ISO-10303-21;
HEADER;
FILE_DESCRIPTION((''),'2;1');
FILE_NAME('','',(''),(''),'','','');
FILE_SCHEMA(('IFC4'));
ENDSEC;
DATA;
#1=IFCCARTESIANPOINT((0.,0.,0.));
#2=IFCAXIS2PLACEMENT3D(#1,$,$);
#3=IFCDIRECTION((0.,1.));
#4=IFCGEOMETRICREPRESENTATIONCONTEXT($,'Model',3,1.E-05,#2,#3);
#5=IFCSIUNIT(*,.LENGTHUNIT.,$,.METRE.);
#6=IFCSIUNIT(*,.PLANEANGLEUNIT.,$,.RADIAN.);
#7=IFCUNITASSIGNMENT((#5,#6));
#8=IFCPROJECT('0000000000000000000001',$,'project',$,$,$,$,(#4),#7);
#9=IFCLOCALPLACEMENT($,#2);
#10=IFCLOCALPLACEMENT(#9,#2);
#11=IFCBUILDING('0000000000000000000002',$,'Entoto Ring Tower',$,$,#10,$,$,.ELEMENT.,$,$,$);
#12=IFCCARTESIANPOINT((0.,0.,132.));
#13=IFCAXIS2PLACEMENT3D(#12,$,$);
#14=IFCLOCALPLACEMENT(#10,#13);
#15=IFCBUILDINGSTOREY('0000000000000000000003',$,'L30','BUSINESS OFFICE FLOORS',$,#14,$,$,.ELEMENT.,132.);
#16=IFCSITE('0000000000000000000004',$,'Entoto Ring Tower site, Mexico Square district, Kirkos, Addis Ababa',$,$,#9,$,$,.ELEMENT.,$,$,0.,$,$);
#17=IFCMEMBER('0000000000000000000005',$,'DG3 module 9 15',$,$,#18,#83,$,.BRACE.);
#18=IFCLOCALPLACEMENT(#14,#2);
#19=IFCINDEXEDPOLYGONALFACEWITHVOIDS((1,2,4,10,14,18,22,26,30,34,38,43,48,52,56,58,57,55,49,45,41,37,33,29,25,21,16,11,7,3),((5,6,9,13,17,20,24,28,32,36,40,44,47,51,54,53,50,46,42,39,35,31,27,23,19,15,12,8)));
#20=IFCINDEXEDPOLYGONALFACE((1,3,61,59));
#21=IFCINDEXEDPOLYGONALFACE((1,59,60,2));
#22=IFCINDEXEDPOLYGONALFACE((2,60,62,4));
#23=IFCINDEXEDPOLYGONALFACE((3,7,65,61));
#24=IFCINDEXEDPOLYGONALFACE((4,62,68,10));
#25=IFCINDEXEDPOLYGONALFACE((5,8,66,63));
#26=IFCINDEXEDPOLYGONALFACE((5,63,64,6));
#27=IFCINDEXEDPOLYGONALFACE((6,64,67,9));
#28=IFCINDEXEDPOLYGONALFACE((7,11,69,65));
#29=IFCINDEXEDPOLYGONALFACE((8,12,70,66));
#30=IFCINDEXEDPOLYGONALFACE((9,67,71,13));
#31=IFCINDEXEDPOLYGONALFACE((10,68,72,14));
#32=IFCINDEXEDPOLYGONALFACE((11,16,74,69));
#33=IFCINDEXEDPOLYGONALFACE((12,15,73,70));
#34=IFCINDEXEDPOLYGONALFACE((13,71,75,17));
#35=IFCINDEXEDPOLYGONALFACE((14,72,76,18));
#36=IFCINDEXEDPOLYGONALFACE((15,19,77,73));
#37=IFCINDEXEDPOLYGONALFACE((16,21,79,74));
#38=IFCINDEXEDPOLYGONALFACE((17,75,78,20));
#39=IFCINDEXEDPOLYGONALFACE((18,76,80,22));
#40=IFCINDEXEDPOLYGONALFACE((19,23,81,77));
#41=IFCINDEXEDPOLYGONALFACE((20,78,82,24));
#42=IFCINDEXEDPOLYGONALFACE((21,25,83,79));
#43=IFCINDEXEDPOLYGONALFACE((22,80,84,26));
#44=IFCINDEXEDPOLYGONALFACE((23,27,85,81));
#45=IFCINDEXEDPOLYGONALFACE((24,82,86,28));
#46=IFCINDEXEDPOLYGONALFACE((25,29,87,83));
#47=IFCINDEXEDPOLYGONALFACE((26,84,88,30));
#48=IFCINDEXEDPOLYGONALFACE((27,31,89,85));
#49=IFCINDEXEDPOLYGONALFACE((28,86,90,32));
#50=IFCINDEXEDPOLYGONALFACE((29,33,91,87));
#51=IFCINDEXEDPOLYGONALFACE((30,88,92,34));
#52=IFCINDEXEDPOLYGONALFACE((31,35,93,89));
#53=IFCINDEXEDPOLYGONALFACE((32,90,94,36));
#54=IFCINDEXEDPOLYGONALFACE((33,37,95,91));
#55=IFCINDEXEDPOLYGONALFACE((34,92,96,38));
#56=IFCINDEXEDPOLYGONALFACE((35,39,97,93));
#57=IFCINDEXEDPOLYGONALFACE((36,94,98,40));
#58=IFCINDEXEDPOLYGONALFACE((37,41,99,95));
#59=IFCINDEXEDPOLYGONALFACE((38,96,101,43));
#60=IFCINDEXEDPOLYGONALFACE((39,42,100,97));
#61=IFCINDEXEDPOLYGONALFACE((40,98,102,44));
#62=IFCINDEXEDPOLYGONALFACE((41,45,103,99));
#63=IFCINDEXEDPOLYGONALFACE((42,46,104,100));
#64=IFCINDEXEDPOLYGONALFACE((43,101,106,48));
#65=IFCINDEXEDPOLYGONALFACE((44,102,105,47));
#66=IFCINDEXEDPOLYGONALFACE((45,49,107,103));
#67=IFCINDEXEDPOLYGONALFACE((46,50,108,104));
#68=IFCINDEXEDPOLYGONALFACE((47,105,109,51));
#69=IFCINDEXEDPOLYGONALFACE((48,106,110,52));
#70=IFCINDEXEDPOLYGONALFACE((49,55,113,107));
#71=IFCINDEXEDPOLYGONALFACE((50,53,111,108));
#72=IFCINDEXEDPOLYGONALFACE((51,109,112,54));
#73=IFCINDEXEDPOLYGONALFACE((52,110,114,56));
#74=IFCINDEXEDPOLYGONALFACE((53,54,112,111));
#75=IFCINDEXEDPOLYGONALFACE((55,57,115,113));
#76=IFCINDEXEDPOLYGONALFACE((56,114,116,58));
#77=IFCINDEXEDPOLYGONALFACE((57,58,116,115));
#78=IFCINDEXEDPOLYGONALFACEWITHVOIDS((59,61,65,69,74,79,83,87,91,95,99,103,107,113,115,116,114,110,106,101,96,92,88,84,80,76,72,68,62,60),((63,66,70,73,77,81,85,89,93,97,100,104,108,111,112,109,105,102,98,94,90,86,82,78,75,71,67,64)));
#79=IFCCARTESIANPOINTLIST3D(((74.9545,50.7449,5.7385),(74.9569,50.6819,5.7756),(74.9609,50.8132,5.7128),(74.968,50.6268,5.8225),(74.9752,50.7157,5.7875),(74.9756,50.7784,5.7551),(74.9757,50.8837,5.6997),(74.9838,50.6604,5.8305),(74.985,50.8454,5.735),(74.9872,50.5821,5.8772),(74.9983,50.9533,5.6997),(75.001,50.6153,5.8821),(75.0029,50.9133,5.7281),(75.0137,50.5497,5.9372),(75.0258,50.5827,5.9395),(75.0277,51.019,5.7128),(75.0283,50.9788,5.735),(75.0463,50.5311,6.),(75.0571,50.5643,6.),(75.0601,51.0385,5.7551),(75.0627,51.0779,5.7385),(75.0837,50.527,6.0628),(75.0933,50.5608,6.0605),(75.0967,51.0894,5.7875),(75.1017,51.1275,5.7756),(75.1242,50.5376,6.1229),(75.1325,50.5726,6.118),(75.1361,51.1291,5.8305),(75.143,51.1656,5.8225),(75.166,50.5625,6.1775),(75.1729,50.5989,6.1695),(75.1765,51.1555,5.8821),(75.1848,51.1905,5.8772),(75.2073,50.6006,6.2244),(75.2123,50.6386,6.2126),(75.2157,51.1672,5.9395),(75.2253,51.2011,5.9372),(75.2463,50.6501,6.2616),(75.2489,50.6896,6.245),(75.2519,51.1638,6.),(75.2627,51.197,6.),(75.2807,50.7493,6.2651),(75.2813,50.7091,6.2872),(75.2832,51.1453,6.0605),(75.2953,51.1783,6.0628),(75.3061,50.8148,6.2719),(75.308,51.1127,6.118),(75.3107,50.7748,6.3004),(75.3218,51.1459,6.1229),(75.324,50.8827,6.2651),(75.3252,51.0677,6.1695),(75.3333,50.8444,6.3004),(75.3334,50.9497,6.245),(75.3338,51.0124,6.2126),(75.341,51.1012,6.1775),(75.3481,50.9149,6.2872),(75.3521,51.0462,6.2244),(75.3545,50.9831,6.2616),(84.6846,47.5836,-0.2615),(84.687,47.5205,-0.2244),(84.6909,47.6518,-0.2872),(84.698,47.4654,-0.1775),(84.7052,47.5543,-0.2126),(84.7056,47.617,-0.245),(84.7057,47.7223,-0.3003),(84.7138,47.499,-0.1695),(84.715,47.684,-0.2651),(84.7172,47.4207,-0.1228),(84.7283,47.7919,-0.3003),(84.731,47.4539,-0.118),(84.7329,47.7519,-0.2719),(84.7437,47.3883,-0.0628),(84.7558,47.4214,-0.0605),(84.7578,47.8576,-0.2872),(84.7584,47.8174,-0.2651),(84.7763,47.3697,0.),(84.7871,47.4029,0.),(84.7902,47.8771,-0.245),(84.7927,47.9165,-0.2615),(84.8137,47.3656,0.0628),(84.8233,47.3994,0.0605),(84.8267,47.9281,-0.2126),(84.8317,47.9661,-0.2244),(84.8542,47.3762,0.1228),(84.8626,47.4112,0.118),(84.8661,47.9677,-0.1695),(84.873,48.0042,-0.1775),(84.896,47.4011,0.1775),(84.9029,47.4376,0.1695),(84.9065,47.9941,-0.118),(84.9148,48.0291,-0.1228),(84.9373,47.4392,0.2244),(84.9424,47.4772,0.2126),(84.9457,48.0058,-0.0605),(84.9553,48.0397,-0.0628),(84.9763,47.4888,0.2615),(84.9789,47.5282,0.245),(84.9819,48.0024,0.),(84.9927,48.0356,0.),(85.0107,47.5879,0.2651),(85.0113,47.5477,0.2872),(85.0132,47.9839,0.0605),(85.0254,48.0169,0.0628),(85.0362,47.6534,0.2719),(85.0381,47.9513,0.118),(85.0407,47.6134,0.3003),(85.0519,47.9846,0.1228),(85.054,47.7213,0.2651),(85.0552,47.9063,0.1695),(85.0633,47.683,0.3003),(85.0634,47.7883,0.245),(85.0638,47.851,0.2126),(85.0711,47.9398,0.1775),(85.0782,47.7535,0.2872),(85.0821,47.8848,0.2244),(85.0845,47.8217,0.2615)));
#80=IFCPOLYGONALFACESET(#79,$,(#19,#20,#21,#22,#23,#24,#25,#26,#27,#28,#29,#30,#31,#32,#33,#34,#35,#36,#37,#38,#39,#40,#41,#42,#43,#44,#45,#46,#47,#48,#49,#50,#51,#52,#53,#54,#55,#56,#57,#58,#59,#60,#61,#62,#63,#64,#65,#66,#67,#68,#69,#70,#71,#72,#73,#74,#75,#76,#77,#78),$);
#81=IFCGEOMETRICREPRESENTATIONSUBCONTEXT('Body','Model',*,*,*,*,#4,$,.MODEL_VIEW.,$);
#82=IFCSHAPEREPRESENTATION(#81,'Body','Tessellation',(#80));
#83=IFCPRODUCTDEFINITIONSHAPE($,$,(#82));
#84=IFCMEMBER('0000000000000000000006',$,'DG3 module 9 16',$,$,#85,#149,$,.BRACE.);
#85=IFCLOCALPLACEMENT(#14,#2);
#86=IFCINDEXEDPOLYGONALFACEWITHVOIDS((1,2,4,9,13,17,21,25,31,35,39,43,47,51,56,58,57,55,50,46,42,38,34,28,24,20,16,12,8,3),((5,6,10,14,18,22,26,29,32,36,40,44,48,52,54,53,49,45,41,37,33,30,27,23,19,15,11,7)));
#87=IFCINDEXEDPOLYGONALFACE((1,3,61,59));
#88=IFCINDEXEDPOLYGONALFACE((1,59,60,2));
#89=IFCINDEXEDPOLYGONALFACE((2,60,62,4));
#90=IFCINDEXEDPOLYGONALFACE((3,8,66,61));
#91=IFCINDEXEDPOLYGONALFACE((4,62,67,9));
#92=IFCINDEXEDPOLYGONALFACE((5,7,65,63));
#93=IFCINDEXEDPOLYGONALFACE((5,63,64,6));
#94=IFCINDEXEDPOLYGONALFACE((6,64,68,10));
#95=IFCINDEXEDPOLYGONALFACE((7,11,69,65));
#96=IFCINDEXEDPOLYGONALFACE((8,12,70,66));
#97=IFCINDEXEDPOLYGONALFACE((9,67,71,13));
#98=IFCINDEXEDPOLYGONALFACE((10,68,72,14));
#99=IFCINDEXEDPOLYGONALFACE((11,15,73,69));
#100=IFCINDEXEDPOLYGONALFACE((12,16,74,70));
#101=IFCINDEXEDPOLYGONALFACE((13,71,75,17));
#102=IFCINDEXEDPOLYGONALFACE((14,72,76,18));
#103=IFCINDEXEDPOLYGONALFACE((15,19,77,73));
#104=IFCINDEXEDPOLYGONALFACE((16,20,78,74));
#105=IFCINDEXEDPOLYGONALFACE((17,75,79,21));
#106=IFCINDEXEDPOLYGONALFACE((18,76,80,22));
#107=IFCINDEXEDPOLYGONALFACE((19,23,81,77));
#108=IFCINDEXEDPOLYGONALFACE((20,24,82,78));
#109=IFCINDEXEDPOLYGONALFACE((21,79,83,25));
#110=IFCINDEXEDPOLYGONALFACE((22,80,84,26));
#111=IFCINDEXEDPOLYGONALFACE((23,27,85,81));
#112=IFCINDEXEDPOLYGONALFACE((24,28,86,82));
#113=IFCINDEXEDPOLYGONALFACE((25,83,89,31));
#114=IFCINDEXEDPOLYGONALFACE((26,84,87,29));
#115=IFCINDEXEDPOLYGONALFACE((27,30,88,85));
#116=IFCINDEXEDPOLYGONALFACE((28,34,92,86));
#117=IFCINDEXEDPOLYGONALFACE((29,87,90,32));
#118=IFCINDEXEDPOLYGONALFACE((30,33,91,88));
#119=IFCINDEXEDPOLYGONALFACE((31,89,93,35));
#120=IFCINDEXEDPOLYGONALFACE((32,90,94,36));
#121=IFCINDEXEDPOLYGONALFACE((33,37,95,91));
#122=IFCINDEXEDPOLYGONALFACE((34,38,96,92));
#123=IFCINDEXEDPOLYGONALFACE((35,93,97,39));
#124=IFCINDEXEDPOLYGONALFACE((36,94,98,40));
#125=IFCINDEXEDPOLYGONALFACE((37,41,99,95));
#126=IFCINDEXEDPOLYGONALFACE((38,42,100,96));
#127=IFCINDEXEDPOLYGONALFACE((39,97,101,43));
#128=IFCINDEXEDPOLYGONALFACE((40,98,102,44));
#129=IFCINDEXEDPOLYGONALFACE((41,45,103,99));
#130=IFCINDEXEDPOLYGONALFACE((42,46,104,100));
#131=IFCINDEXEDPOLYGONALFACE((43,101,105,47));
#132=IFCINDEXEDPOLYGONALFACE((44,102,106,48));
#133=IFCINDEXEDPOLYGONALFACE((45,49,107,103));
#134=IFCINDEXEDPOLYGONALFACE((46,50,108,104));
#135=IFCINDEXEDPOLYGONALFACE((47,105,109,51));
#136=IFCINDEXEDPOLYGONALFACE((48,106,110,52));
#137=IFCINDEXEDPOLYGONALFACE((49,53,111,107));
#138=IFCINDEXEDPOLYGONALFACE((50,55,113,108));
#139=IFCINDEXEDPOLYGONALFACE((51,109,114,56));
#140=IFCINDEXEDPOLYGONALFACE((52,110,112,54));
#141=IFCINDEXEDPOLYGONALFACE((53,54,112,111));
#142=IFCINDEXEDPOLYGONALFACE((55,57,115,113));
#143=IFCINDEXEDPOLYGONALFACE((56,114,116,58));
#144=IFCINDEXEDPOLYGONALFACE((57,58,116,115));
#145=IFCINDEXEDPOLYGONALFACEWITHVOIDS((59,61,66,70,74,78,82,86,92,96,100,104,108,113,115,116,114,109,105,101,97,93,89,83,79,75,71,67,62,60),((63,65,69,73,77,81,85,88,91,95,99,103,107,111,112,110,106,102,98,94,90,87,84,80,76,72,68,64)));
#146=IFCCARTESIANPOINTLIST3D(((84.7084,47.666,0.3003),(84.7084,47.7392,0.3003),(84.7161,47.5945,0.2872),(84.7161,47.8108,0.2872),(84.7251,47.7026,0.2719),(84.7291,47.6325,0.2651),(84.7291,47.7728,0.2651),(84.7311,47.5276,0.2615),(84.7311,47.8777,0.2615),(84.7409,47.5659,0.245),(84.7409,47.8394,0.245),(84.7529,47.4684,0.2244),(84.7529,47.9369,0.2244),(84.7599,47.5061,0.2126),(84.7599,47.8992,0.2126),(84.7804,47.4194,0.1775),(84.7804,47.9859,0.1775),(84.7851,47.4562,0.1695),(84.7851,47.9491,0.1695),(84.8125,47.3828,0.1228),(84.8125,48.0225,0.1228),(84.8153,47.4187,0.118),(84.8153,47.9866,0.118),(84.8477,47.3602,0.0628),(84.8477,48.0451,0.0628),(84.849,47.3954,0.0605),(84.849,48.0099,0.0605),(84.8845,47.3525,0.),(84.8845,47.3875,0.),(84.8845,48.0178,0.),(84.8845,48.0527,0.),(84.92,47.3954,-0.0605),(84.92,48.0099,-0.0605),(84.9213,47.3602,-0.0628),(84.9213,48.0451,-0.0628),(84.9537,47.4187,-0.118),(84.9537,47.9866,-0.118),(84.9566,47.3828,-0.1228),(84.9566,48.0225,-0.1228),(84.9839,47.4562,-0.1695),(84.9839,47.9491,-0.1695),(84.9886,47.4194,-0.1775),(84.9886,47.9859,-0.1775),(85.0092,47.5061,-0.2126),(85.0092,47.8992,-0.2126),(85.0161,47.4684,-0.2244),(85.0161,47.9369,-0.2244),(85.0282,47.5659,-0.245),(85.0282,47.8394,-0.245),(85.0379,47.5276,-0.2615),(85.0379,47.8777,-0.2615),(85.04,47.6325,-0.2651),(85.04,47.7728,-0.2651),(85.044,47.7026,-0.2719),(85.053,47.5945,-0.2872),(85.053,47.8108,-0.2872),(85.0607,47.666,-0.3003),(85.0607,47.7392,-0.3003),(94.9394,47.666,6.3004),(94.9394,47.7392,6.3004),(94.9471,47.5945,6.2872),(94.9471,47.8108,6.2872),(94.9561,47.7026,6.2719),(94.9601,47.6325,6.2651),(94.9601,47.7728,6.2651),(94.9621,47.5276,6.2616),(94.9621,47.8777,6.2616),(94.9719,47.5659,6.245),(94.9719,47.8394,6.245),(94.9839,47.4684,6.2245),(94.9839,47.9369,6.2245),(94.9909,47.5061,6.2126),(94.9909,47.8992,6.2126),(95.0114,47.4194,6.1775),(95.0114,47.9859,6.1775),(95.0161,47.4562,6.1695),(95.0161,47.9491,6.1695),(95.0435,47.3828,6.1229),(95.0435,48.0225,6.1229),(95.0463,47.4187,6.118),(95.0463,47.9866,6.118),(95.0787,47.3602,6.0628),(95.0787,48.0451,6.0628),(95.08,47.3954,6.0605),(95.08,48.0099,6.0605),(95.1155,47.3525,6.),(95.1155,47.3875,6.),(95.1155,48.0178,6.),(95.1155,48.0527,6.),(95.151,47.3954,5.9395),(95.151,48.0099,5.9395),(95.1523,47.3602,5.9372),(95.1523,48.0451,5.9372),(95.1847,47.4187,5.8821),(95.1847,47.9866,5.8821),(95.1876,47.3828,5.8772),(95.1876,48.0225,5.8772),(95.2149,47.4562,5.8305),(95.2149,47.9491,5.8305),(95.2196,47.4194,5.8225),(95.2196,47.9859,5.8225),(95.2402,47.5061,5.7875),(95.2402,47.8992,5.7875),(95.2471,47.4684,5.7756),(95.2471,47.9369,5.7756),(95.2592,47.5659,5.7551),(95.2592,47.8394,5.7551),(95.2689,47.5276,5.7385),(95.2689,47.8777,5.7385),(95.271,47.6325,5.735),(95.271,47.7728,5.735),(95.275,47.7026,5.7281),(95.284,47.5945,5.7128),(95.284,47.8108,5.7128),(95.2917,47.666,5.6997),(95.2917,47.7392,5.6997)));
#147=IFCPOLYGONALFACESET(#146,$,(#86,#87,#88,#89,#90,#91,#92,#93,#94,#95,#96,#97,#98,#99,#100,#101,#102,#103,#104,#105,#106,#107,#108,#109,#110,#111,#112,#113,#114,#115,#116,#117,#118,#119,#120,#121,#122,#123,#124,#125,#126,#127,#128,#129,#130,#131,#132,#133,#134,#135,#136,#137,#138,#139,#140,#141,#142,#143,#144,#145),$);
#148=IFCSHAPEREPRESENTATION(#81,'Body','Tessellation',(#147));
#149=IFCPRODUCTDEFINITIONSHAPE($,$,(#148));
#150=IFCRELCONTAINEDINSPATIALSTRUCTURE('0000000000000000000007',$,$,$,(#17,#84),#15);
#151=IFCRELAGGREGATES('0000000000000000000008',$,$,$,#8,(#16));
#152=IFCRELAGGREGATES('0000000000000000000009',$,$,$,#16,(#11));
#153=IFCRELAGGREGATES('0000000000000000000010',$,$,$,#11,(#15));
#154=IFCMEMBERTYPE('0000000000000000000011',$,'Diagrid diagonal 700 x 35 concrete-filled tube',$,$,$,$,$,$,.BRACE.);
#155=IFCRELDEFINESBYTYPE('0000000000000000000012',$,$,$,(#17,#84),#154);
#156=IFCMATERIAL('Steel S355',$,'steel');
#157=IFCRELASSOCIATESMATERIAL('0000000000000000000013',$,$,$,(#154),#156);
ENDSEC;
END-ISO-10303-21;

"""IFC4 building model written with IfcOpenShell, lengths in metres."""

from ifc_helpers import new_model, si_unit, direction, frame, origin, origin_2d, place, context, subcontext, project, spatial, circle, hollow_circle, extrude, material, material_profile, profile_set, type_object, element, save


model = new_model("IFC4")

# Units and contexts
model_context = context("Model", 3, precision=1e-05, world=origin(), true_north=direction((0.0, 1.0)))
body_context = subcontext(model_context, "Body", "Model", "MODEL_VIEW")
ifc_project = project(units=[si_unit("LENGTHUNIT", "METRE"), si_unit("PLANEANGLEUNIT", "RADIAN")], contexts=[model_context])

# Site, building, storey
site_placement = place(None, origin())
site = spatial("IfcSite", under=ifc_project, at=site_placement, Name="Entoto Ring Tower site, Mexico Square district, Kirkos, Addis Ababa", CompositionType="ELEMENT", RefElevation=0.0)
building_placement = place(site_placement, origin())
building = spatial("IfcBuilding", under=site, at=building_placement, Name="Entoto Ring Tower", CompositionType="ELEMENT")
storey_placement = place(building_placement, frame((0.0, 0.0, 132.0)))
storey = spatial("IfcBuildingStorey", under=building, at=storey_placement, Name="L30", Description="BUSINESS OFFICE FLOORS", CompositionType="ELEMENT", Elevation=132.0)

# Members
ifc_material_1 = material(Name="Steel S355", Category="steel")
ifc_material_profile_1 = material_profile(ifc_material_1, hollow_circle(Radius=0.3501, WallThickness=0.0349, at=origin_2d()), Name="CHS 700 x 35")
ifc_material_2 = material(Name="Concrete C60/75", Category="concrete")
ifc_material_profile_2 = material_profile(ifc_material_2, circle(Radius=0.3149, at=origin_2d()), Name="Concrete C60/75 infill")
ifc_profile_set_1 = profile_set([ifc_material_profile_1, ifc_material_profile_2], Name="Steel S355")
member_type_1 = type_object("IfcMemberType", Name="Diagrid diagonal 700 x 35 concrete-filled tube", PredefinedType="BRACE", material=ifc_profile_set_1)
for number, where, z_axis, x_axis, name in (
    (1, (84.8845, 47.7026, 0.0), (-0.820382, 0.266551, 0.505889), (-0.309009, -0.951059, 0.0), "DG3 module 9 15"),
):
    element("IfcMember", number, at=place(storey_placement, frame(where, z_axis=z_axis, x_axis=x_axis)), inside=storey, type_object=member_type_1, Name=name, PredefinedType="BRACE", context=body_context, shape_type="SweptSolid", body=[
        extrude(hollow_circle(Radius=0.3501, WallThickness=0.0349, at=origin_2d()), origin(), (0.0, 0.0, 1.0), 11.8604),
    ])
member_1_placement = place(storey_placement, frame((84.8845, 47.7026, 0.0), z_axis=(0.862604, 0.0, 0.505879), x_axis=(0.0, 1.0, 0.0)))
element("IfcMember", 2, at=member_1_placement, inside=storey, type_object=member_type_1, Name="DG3 module 9 16", PredefinedType="BRACE", context=body_context, shape_type="SweptSolid", body=[
    extrude(hollow_circle(Radius=0.3501, WallThickness=0.0349, at=origin_2d()), origin(), (0.0, 0.0, 1.0), 11.8606),
])

save(model, "model.ifc")
